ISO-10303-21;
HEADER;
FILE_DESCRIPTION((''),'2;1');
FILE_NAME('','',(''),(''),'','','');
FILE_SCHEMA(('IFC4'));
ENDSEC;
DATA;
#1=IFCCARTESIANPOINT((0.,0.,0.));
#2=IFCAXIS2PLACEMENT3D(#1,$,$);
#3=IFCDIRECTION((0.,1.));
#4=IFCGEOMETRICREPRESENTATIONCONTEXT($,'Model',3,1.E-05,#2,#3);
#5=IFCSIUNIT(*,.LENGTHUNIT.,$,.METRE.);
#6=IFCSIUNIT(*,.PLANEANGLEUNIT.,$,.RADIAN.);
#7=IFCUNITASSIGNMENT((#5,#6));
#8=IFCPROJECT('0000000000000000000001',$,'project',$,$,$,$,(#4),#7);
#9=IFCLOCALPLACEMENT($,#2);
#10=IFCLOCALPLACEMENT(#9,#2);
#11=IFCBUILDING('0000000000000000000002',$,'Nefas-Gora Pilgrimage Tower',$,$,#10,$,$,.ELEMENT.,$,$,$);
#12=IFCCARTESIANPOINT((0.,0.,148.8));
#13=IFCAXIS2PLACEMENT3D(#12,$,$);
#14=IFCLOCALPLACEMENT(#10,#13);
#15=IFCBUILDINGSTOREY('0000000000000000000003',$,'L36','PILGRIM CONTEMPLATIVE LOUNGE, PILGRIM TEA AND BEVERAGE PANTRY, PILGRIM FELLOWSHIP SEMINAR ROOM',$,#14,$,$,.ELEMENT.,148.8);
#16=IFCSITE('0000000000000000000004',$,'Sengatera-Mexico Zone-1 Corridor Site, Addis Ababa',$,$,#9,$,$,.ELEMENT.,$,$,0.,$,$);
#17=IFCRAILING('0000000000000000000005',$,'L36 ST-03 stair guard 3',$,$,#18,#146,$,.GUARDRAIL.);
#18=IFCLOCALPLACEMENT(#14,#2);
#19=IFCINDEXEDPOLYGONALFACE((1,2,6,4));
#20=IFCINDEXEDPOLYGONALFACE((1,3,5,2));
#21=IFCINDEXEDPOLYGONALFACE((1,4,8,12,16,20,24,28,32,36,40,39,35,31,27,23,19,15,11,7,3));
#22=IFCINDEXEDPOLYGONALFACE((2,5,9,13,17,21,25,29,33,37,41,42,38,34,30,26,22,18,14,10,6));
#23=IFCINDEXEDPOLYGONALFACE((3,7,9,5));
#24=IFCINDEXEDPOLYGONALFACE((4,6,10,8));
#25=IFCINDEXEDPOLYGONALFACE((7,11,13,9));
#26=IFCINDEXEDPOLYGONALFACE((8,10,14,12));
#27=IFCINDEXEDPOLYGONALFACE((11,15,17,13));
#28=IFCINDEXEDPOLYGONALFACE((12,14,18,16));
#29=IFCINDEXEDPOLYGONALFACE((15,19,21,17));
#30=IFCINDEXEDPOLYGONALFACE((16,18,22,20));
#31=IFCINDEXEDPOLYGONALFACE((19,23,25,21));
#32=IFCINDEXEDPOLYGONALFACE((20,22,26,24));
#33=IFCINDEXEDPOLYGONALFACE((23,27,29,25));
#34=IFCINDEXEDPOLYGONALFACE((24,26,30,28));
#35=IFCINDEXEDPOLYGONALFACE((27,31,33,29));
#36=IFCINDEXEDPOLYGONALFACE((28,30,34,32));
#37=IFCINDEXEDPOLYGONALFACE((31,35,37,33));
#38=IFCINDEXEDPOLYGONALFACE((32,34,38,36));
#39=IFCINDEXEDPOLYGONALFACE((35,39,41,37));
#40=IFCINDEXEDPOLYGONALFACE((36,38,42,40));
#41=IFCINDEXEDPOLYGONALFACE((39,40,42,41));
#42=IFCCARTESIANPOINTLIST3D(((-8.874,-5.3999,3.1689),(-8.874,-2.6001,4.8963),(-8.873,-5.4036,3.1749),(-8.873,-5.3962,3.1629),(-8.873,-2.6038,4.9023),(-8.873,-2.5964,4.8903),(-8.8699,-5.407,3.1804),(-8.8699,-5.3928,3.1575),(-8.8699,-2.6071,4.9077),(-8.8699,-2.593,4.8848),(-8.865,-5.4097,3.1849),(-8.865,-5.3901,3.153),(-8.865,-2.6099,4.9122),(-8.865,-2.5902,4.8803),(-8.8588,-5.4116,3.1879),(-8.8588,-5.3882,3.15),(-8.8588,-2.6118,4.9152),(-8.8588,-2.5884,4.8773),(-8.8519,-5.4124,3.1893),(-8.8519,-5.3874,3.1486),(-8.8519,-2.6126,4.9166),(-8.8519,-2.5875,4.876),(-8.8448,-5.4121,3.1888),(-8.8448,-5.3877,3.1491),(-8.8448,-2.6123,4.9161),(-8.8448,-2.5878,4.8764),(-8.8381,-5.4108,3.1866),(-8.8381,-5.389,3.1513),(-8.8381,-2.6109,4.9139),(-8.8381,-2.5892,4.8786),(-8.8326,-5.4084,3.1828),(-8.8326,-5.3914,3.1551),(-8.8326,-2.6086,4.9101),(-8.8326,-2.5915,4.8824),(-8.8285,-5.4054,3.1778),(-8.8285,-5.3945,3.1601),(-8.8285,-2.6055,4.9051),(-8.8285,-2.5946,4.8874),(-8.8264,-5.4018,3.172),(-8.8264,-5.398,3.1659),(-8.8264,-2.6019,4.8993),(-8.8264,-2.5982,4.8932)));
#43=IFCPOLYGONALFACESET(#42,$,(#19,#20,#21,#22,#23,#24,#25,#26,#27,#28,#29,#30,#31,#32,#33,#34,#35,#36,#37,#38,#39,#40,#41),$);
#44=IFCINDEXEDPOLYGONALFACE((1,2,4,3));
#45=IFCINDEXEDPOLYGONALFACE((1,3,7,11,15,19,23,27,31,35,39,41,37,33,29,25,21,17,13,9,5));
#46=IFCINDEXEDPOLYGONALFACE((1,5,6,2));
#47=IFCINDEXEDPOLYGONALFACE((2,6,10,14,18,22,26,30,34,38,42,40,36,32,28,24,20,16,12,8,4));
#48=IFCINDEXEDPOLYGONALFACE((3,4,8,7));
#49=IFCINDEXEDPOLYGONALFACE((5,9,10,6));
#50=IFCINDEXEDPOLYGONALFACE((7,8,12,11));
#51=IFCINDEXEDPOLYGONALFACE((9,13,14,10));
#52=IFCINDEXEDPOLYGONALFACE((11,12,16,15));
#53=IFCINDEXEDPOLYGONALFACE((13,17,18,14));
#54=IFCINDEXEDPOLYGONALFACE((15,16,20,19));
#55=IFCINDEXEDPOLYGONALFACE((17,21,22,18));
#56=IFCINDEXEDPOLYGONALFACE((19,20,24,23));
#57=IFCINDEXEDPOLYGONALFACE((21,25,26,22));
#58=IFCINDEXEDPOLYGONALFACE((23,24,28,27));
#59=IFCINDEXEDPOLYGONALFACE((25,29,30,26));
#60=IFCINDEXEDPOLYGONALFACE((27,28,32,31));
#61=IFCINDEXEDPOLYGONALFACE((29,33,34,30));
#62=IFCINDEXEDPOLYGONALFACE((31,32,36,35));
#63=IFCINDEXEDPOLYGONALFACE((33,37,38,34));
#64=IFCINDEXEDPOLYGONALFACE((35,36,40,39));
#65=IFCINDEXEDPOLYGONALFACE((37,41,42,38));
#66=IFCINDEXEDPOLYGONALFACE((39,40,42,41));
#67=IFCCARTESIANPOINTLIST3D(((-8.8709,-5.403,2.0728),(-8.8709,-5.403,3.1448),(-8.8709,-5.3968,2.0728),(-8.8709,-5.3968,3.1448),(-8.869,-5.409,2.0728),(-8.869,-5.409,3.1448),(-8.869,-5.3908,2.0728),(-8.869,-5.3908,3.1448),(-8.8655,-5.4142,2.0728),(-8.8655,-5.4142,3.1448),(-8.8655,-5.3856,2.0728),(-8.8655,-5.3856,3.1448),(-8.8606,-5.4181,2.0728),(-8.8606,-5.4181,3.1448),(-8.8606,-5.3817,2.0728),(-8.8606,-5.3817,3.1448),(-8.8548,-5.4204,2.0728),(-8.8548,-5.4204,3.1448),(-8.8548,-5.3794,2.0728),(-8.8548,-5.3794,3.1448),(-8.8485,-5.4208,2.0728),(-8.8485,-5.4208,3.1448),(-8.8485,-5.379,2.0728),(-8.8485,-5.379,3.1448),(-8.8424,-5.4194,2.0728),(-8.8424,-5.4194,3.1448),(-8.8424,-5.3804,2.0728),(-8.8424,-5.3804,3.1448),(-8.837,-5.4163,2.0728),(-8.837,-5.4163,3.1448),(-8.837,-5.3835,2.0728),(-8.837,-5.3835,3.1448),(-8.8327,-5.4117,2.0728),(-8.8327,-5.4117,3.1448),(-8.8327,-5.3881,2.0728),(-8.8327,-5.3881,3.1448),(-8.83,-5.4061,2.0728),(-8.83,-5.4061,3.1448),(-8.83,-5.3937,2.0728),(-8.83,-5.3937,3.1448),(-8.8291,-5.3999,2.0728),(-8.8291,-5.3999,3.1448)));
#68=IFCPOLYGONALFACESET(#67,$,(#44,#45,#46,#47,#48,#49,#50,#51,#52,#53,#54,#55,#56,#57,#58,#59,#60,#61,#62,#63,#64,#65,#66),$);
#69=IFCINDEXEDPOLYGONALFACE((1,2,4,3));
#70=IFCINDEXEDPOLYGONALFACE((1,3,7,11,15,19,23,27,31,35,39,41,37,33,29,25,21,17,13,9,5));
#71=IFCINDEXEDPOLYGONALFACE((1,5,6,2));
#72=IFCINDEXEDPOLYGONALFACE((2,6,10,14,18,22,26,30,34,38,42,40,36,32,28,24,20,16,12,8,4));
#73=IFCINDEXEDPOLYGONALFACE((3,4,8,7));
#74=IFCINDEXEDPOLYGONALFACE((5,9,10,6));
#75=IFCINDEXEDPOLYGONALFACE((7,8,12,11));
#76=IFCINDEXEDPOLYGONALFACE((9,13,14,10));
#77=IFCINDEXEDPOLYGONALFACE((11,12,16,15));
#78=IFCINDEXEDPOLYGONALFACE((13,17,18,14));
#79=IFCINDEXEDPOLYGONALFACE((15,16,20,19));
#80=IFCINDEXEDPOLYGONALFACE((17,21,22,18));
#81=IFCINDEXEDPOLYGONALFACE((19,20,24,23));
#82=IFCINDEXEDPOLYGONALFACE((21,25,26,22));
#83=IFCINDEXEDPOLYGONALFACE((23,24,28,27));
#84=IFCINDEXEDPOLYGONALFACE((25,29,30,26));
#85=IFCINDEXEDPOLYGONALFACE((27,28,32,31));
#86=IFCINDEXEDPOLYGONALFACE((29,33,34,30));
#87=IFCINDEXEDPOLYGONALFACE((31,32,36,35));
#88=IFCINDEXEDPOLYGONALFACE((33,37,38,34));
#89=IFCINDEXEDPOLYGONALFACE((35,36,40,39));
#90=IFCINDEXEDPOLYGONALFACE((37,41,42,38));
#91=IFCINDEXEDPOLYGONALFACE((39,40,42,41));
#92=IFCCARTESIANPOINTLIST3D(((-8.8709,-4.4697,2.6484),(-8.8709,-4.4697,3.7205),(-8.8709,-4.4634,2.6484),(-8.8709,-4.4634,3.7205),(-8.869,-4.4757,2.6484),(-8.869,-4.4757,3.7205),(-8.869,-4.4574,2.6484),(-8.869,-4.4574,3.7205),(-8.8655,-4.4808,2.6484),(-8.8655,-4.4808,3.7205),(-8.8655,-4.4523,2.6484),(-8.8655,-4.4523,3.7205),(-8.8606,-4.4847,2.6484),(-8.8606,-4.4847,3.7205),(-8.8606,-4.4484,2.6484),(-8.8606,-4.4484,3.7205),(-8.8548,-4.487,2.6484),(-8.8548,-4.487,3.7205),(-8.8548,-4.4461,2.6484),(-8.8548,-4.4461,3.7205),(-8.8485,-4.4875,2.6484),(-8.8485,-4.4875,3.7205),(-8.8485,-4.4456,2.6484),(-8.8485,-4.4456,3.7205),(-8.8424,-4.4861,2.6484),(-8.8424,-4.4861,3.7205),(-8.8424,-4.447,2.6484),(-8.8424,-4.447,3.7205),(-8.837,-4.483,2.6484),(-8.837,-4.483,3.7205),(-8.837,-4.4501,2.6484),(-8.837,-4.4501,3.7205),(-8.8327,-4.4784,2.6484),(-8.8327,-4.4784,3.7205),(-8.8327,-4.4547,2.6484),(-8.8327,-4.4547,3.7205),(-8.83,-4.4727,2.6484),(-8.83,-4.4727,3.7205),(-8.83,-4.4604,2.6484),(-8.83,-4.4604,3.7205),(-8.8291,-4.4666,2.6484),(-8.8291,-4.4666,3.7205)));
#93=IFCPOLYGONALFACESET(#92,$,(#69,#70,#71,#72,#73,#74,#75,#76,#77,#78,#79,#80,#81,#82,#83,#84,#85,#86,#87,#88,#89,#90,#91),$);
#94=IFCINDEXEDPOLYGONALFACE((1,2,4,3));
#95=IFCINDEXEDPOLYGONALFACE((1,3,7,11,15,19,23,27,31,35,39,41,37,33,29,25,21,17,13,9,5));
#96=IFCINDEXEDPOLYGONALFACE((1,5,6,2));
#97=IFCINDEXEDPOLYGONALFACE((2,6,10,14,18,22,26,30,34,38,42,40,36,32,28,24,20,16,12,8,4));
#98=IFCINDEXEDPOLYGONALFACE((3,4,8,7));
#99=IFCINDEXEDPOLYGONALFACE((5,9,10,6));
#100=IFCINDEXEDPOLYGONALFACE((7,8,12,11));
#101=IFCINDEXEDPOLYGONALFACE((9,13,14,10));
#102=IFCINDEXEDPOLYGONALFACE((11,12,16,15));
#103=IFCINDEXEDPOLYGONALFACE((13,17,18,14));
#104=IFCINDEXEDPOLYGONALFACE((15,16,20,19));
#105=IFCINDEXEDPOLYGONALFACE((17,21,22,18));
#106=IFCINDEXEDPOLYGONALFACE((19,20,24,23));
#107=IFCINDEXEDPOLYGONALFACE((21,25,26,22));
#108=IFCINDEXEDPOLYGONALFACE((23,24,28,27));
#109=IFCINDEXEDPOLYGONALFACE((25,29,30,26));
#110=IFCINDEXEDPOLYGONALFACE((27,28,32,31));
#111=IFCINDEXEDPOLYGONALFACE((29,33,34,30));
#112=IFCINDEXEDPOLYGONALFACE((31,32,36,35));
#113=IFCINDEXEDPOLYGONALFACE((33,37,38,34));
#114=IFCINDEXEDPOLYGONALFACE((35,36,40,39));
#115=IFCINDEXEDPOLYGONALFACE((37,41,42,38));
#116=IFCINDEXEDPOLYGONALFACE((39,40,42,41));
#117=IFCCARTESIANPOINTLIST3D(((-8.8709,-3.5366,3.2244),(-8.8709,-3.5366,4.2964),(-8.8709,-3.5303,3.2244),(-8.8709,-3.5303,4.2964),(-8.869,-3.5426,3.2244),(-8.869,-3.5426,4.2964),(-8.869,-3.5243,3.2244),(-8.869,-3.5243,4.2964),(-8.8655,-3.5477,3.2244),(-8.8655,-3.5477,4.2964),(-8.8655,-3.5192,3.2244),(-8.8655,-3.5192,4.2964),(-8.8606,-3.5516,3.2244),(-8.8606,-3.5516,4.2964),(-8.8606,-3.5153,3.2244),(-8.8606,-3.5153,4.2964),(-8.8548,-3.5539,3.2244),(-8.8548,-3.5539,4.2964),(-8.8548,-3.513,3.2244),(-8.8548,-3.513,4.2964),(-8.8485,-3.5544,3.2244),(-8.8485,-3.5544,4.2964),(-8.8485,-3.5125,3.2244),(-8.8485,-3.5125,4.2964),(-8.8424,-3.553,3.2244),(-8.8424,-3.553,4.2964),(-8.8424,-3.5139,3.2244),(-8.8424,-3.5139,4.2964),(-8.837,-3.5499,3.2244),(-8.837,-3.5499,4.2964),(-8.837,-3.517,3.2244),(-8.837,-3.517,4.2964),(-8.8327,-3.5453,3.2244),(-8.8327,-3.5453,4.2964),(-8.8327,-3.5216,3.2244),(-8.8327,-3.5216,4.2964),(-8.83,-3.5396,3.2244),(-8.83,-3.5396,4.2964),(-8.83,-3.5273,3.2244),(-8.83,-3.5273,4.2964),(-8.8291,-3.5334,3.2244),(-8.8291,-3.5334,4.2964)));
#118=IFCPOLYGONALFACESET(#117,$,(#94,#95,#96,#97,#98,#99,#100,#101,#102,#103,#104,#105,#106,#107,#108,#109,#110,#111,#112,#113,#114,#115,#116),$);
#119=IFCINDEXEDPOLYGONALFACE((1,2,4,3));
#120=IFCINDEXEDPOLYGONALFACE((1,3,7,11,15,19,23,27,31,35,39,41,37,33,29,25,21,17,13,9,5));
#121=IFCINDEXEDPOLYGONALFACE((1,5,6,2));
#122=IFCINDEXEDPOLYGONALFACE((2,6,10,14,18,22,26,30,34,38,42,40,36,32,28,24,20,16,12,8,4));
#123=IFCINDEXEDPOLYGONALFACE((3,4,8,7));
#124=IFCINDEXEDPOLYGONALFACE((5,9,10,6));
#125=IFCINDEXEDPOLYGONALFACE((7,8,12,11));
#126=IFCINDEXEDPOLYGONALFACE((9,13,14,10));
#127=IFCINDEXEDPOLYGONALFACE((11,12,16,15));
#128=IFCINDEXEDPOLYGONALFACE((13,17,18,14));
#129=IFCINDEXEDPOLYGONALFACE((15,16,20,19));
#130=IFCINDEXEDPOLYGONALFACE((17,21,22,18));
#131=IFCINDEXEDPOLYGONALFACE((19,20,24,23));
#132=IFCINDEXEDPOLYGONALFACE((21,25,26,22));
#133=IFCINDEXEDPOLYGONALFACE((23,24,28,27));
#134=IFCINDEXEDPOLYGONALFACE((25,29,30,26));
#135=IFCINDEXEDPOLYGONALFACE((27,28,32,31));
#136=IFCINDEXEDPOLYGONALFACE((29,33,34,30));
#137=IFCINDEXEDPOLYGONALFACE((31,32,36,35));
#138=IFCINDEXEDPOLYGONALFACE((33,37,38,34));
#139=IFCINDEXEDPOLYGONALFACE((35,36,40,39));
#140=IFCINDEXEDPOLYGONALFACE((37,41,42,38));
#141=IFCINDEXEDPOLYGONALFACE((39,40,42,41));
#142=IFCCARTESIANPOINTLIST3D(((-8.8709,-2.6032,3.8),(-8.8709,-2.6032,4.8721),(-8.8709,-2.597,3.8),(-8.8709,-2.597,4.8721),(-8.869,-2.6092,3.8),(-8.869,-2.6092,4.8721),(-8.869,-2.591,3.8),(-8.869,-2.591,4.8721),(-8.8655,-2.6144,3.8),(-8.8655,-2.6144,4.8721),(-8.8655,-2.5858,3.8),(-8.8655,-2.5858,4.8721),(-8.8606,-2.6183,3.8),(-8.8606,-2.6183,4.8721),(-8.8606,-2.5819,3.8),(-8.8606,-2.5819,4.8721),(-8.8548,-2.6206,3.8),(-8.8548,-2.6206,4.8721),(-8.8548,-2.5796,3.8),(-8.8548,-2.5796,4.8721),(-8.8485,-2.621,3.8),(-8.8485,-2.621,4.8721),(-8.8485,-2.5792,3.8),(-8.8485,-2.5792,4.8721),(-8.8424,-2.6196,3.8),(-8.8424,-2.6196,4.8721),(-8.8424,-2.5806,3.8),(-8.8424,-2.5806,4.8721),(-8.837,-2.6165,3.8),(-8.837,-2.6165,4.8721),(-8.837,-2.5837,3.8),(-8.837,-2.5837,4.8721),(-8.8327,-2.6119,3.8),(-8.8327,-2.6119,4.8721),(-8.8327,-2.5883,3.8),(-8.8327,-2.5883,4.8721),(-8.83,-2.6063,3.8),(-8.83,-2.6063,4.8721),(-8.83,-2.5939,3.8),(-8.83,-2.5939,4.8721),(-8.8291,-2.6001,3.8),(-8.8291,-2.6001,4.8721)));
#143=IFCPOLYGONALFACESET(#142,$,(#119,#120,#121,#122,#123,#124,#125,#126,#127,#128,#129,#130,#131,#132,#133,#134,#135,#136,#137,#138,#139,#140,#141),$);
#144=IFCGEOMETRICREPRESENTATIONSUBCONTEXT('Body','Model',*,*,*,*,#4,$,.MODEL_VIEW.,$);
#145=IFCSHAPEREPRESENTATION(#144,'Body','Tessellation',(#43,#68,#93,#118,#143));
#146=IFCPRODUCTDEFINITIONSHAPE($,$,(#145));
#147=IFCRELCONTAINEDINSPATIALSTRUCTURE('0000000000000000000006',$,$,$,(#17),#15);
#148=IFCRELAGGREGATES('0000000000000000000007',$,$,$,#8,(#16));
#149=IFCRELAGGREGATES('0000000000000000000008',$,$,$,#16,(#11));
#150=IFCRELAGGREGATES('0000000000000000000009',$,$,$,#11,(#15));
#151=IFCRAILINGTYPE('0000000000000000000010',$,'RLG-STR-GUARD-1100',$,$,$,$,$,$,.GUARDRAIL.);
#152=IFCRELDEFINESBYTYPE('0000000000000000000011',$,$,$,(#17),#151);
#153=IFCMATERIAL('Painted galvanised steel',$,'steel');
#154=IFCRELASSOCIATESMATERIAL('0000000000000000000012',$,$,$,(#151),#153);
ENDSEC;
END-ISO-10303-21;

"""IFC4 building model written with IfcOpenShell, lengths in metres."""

from ifc_helpers import new_model, si_unit, direction, frame, origin, origin_2d, place, context, subcontext, project, spatial, circle, extrude, material, type_object, element, save


model = new_model("IFC4")

# Units and contexts
model_context = context("Model", 3, precision=1e-05, world=origin(), true_north=direction((0.0, 1.0)))
body_context = subcontext(model_context, "Body", "Model", "MODEL_VIEW")
ifc_project = project(units=[si_unit("LENGTHUNIT", "METRE"), si_unit("PLANEANGLEUNIT", "RADIAN")], contexts=[model_context])

# Site, building, storey
site_placement = place(None, origin())
site = spatial("IfcSite", under=ifc_project, at=site_placement, Name="Sengatera-Mexico Zone-1 Corridor Site, Addis Ababa", CompositionType="ELEMENT", RefElevation=0.0)
building_placement = place(site_placement, origin())
building = spatial("IfcBuilding", under=site, at=building_placement, Name="Nefas-Gora Pilgrimage Tower", CompositionType="ELEMENT")
storey_placement = place(building_placement, frame((0.0, 0.0, 148.8)))
storey = spatial("IfcBuildingStorey", under=building, at=storey_placement, Name="L36", Description="PILGRIM CONTEMPLATIVE LOUNGE, PILGRIM TEA AND BEVERAGE PANTRY, PILGRIM FELLOWSHIP SEMINAR ROOM", CompositionType="ELEMENT", Elevation=148.8)

# Railing
ifc_material_1 = material(Name="Painted galvanised steel", Category="steel")
railing_type_1 = type_object("IfcRailingType", Name="RLG-STR-GUARD-1100", PredefinedType="GUARDRAIL", material=ifc_material_1)
railing_1_placement = place(storey_placement, frame((-8.8501, -5.3999, 2.0728)))
element("IfcRailing", 1, at=railing_1_placement, inside=storey, type_object=railing_type_1, Name="L36 ST-03 stair guard 3", PredefinedType="GUARDRAIL", context=body_context, shape_type="SweptSolid", body=[
    extrude(circle(Radius=0.0239, at=origin_2d()), frame((0.0, 0.0, 1.0962), z_axis=(0.0, 0.851069, 0.525054), x_axis=(-1.0, 0.0, 0.0)), (0.0, 0.0, 1.0), 3.2898),
    extrude(circle(Radius=0.021, at=origin_2d()), origin(), (0.0, 0.0, 1.0), 1.072),
    extrude(circle(Radius=0.021, at=origin_2d()), frame((0.0, 0.9333, 0.5757)), (0.0, 0.0, 1.0), 1.072),
    extrude(circle(Radius=0.021, at=origin_2d()), frame((0.0, 1.8665, 1.1516)), (0.0, 0.0, 1.0), 1.072),
    extrude(circle(Radius=0.021, at=origin_2d()), frame((0.0, 2.7998, 1.7273)), (0.0, 0.0, 1.0), 1.072),
])

save(model, "model.ifc")
